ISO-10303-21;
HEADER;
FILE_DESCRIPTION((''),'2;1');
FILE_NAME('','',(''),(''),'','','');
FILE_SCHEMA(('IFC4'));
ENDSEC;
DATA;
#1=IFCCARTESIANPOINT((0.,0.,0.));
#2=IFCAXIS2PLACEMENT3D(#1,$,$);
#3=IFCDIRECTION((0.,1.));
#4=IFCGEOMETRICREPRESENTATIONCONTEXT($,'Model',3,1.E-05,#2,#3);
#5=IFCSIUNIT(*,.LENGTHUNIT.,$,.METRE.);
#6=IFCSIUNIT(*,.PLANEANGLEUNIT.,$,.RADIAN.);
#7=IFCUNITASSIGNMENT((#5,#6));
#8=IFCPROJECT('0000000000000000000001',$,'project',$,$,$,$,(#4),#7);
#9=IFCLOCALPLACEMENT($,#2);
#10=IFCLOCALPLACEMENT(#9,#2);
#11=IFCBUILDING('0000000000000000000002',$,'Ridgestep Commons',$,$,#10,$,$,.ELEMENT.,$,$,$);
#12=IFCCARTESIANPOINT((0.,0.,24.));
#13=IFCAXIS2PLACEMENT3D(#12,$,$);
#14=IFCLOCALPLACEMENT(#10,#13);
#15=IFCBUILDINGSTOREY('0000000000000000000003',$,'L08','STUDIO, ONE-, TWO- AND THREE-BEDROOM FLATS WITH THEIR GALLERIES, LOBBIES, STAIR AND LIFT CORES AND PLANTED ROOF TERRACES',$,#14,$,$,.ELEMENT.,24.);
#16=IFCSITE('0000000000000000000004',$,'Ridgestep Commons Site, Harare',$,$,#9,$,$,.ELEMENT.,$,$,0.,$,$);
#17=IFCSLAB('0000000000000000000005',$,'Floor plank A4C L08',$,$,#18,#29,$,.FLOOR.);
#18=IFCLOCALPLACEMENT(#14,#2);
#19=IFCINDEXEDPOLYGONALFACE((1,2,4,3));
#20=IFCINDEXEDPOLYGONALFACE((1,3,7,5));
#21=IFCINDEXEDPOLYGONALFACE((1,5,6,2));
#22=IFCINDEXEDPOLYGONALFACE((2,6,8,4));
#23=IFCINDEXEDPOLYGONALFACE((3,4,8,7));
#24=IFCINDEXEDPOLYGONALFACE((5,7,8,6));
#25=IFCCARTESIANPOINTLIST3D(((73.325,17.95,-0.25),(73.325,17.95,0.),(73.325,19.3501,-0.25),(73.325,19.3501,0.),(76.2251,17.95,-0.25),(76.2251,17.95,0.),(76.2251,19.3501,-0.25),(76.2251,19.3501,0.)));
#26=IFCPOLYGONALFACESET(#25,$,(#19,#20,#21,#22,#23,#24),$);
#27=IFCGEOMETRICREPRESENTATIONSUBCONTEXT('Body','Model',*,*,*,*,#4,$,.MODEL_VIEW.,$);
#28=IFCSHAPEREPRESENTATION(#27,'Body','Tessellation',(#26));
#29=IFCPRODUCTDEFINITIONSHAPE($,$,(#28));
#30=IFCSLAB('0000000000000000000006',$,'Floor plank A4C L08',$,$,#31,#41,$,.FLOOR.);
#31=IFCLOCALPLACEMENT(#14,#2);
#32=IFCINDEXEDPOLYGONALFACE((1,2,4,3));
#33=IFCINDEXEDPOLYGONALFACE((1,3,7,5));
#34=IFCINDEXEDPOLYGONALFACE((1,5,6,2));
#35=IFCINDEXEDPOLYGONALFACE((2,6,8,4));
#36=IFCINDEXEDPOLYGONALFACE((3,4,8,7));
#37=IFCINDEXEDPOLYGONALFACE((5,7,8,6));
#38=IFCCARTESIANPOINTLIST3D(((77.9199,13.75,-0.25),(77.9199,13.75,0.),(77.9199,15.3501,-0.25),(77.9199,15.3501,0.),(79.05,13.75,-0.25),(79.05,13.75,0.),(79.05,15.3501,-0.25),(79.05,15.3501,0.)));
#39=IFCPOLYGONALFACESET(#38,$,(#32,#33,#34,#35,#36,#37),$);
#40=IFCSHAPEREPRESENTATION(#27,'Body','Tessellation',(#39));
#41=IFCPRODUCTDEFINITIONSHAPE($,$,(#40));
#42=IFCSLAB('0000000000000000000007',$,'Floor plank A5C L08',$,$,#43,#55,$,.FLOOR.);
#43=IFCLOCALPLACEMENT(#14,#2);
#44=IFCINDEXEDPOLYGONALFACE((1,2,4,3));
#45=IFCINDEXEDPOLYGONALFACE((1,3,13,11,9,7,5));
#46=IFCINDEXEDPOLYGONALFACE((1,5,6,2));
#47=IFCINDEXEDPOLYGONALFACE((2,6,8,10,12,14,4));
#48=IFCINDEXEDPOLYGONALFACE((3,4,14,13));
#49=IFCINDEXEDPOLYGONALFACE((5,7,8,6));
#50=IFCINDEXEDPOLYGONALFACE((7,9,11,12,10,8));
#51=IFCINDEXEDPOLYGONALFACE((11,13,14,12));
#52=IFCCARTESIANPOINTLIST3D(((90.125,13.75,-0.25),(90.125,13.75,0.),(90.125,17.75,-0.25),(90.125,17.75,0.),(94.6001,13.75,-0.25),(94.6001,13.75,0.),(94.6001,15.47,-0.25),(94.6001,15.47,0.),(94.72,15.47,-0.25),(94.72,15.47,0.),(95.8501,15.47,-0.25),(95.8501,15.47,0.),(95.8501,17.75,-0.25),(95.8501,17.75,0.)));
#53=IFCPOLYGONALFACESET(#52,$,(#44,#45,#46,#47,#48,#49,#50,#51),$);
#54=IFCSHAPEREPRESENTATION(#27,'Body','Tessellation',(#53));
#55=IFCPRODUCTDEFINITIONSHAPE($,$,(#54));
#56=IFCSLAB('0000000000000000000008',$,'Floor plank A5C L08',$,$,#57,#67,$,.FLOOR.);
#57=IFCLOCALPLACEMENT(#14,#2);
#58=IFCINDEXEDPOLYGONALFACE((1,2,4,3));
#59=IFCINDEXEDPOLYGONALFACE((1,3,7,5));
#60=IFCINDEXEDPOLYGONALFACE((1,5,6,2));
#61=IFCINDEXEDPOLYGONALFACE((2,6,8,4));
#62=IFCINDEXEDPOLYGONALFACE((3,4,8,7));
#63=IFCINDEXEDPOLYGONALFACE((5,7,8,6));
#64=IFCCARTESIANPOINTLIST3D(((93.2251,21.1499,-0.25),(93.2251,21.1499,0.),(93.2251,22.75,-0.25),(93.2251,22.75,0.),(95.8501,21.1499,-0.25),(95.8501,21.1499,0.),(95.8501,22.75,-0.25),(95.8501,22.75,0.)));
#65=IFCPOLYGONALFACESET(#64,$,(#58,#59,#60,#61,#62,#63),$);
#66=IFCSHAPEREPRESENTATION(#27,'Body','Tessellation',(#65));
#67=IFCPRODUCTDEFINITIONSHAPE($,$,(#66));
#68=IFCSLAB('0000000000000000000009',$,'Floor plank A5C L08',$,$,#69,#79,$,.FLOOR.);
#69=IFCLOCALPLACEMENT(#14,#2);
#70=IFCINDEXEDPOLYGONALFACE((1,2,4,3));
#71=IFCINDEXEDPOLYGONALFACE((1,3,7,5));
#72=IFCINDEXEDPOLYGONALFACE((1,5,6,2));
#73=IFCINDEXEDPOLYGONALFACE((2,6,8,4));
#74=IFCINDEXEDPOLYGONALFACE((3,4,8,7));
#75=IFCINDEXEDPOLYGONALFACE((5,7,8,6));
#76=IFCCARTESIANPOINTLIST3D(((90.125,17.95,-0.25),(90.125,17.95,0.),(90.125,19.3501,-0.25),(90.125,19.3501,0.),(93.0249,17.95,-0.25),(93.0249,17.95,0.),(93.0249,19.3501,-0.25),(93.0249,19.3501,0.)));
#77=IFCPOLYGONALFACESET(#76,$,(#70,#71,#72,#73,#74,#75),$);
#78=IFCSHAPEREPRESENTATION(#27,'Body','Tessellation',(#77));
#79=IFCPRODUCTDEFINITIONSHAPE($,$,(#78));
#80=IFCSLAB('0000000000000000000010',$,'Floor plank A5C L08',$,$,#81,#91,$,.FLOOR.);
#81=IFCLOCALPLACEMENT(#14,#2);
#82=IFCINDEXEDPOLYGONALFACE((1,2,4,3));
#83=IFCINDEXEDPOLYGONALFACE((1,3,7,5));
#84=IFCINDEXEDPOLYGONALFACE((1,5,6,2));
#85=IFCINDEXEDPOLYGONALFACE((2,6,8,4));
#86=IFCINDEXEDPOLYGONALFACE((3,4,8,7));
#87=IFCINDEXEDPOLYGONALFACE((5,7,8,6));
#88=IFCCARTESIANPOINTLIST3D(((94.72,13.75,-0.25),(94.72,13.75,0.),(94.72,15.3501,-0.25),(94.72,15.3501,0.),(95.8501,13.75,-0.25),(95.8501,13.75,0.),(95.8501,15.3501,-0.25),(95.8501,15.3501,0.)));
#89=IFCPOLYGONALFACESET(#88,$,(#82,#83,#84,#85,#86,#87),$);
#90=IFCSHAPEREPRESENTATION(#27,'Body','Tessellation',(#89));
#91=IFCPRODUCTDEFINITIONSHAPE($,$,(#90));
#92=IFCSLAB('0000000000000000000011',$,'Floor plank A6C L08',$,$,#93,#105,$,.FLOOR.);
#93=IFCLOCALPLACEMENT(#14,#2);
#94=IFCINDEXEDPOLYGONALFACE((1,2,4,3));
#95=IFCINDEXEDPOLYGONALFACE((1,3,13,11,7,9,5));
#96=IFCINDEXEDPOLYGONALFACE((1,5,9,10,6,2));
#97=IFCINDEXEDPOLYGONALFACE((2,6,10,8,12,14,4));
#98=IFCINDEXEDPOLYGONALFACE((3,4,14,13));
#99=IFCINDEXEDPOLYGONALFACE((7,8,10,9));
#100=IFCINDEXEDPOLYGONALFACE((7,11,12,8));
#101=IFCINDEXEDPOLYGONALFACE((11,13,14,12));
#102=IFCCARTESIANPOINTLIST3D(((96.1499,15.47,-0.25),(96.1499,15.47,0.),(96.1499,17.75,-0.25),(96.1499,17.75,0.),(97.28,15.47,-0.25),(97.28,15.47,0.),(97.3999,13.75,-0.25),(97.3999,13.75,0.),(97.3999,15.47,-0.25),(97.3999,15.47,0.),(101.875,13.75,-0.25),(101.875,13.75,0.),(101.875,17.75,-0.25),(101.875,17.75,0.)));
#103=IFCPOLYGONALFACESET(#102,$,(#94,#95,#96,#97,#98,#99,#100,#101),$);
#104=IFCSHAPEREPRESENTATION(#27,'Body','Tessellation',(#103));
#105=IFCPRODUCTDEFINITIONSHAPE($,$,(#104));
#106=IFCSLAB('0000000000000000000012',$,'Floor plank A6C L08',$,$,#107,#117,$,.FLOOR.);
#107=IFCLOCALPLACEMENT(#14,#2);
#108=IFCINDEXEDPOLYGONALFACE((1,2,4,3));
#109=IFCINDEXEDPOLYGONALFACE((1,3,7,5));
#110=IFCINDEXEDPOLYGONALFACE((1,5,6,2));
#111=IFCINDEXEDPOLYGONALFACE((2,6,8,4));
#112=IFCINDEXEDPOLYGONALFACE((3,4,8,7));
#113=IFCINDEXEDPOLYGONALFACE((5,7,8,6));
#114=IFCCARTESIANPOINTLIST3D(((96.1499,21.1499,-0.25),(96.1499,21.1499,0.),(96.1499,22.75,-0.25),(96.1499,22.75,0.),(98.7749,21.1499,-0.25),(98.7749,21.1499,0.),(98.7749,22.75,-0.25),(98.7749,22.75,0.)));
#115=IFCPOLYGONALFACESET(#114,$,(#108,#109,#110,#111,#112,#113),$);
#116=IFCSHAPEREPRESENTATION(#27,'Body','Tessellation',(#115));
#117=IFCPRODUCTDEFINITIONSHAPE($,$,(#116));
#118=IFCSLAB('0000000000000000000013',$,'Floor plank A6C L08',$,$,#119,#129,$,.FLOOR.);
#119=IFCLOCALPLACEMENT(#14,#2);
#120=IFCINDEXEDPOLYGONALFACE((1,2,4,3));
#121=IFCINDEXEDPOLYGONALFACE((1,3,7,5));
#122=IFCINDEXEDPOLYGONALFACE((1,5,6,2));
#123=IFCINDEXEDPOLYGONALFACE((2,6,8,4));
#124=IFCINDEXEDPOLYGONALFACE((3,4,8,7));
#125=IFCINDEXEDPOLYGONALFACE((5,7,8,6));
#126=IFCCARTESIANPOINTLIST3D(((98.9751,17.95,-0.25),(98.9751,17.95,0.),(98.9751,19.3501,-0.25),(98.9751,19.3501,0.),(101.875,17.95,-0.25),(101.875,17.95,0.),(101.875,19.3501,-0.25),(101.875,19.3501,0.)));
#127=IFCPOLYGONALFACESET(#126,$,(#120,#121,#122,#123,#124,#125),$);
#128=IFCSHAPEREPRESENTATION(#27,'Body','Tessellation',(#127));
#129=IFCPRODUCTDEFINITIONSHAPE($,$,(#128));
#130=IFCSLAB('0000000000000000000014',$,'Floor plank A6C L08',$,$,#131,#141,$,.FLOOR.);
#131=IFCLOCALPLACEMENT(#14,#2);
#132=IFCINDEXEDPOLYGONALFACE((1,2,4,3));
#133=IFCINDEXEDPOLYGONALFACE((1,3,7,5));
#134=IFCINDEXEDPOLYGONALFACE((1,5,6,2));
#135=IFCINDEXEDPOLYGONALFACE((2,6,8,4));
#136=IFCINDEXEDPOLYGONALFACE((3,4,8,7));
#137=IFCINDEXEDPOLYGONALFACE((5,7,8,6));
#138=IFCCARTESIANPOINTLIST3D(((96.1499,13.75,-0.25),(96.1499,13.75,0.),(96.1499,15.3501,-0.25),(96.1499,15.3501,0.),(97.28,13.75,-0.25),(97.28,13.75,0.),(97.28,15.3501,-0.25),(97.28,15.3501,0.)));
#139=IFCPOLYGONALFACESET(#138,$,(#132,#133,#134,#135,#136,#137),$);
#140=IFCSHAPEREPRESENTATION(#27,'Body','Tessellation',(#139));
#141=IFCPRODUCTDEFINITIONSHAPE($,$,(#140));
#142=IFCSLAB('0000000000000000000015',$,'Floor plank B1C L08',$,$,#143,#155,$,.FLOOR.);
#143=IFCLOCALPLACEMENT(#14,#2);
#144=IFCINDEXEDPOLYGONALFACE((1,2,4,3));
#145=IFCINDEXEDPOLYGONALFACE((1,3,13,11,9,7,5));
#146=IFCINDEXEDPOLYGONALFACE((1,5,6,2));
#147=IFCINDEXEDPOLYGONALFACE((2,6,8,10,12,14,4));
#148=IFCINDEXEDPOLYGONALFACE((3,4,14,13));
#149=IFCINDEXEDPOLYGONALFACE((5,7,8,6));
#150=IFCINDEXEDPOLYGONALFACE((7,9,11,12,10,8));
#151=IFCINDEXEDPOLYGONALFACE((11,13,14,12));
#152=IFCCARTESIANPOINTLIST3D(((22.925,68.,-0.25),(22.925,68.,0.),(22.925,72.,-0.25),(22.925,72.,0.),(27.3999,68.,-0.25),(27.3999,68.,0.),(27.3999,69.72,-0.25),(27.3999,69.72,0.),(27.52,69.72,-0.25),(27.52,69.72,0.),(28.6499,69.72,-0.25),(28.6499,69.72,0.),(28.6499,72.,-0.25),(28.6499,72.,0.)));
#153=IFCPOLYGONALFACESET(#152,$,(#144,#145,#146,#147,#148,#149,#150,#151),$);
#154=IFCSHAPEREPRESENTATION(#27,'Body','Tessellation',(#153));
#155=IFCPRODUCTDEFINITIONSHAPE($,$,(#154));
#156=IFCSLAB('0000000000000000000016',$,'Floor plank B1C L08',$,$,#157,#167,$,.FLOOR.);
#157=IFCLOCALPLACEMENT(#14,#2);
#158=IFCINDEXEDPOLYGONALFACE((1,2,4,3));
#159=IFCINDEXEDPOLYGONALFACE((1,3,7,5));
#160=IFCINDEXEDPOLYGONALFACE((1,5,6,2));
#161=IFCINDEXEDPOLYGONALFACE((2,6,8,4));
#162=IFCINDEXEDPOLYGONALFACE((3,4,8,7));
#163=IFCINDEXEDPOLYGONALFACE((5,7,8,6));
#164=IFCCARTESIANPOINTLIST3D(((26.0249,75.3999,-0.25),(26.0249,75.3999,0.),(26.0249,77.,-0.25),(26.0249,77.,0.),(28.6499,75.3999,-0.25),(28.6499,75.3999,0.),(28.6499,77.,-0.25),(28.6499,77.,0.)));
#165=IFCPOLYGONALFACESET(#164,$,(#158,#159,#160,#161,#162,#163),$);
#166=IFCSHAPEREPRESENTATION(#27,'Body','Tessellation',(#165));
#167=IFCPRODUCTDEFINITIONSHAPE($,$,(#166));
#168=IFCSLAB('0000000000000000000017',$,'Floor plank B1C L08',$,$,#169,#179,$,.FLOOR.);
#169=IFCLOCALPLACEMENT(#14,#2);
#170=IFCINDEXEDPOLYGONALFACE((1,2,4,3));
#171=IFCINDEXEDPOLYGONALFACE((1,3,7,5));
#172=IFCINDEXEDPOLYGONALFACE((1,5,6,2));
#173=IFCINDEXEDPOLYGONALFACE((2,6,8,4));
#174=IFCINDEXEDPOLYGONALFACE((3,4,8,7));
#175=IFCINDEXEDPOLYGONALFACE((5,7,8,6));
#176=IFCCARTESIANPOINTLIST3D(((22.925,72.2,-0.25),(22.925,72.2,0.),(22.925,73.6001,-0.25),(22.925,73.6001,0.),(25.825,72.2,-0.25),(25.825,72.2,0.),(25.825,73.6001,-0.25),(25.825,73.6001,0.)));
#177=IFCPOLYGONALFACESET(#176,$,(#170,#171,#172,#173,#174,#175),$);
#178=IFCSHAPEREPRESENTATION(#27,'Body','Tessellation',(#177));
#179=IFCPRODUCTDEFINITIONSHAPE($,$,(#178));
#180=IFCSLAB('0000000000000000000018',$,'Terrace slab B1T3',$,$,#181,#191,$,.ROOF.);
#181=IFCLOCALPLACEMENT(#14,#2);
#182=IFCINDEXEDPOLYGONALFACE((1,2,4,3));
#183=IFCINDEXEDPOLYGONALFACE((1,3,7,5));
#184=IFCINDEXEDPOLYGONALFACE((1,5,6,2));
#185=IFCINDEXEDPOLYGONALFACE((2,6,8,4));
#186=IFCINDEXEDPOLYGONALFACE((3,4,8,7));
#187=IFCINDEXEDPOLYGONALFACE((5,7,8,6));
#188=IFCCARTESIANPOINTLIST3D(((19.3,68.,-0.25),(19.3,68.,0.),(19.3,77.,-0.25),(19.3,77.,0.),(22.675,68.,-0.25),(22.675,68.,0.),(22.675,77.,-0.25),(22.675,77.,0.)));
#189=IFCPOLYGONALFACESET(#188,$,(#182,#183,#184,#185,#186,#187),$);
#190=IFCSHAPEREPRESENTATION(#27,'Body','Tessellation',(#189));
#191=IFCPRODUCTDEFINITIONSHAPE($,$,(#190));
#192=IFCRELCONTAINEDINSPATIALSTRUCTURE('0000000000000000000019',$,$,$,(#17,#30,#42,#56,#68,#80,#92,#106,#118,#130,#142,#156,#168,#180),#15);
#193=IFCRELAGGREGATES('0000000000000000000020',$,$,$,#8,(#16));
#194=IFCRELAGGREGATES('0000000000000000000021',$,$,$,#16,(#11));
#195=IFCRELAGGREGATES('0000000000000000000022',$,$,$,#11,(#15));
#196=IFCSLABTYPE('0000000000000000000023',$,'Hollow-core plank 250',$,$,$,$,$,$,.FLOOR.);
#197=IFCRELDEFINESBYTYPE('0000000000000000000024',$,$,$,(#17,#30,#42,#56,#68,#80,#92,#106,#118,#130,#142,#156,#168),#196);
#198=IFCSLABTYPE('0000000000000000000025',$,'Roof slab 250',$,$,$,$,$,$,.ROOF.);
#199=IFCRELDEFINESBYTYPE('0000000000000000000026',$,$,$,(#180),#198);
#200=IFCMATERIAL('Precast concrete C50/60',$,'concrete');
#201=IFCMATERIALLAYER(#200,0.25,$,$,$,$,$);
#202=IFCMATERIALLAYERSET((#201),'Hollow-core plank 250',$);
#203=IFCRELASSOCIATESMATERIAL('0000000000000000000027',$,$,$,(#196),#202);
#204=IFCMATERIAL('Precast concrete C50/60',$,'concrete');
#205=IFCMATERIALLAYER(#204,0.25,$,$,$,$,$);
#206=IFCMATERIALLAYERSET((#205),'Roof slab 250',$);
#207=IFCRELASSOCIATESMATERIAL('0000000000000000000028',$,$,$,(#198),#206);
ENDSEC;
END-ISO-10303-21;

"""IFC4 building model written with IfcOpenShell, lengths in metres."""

from ifc_helpers import new_model, si_unit, direction, frame, origin, place, context, subcontext, project, spatial, polyline, outline, extrude, material, layer, layer_set, type_object, element, save


model = new_model("IFC4")

# Units and contexts
model_context = context("Model", 3, precision=1e-05, world=origin(), true_north=direction((0.0, 1.0)))
body_context = subcontext(model_context, "Body", "Model", "MODEL_VIEW")
ifc_project = project(units=[si_unit("LENGTHUNIT", "METRE"), si_unit("PLANEANGLEUNIT", "RADIAN")], contexts=[model_context])

# Site, building, storey
site_placement = place(None, origin())
site = spatial("IfcSite", under=ifc_project, at=site_placement, Name="Ridgestep Commons Site, Harare", CompositionType="ELEMENT", RefElevation=0.0)
building_placement = place(site_placement, origin())
building = spatial("IfcBuilding", under=site, at=building_placement, Name="Ridgestep Commons", CompositionType="ELEMENT")
storey_placement = place(building_placement, frame((0.0, 0.0, 24.0)))
storey = spatial("IfcBuildingStorey", under=building, at=storey_placement, Name="L08", Description="STUDIO, ONE-, TWO- AND THREE-BEDROOM FLATS WITH THEIR GALLERIES, LOBBIES, STAIR AND LIFT CORES AND PLANTED ROOF TERRACES", CompositionType="ELEMENT", Elevation=24.0)

# Slabs
ifc_material_1 = material(Name="Precast concrete C50/60", Category="concrete")
ifc_layer_1 = layer(ifc_material_1, 0.25)
ifc_layer_set_1 = layer_set([ifc_layer_1], Name="Hollow-core plank 250")
slab_type_1 = type_object("IfcSlabType", Name="Hollow-core plank 250", PredefinedType="FLOOR", material=ifc_layer_set_1)
slab_1_placement = place(storey_placement, frame((0.0, 0.0, -0.25)))
element("IfcSlab", 1, at=slab_1_placement, inside=storey, type_object=slab_type_1, Name="Floor plank A4C L08", PredefinedType="FLOOR", context=body_context, shape_type="SweptSolid", body=[
    extrude(outline(polyline([(76.2251, 17.95), (76.2251, 19.3501), (73.325, 19.3501), (73.325, 17.95), (76.2251, 17.95)])), origin(), (0.0, 0.0, 1.0), 0.25),
])
slab_2_placement = place(storey_placement, frame((0.0, 0.0, -0.25)))
element("IfcSlab", 2, at=slab_2_placement, inside=storey, type_object=slab_type_1, Name="Floor plank A4C L08", PredefinedType="FLOOR", context=body_context, shape_type="SweptSolid", body=[
    extrude(outline(polyline([(77.9199, 13.75), (79.05, 13.75), (79.05, 15.3501), (77.9199, 15.3501), (77.9199, 13.75)])), origin(), (0.0, 0.0, 1.0), 0.25),
])
slab_3_placement = place(storey_placement, frame((0.0, 0.0, -0.25)))
element("IfcSlab", 3, at=slab_3_placement, inside=storey, type_object=slab_type_1, Name="Floor plank A5C L08", PredefinedType="FLOOR", context=body_context, shape_type="SweptSolid", body=[
    extrude(outline(polyline([(94.72, 15.47), (95.8501, 15.47), (95.8501, 17.75), (90.125, 17.75), (90.125, 13.75), (94.6001, 13.75), (94.6001, 15.47), (94.72, 15.47)])), origin(), (0.0, 0.0, 1.0), 0.25),
])
slab_4_placement = place(storey_placement, frame((0.0, 0.0, -0.25)))
element("IfcSlab", 4, at=slab_4_placement, inside=storey, type_object=slab_type_1, Name="Floor plank A5C L08", PredefinedType="FLOOR", context=body_context, shape_type="SweptSolid", body=[
    extrude(outline(polyline([(95.8501, 21.1499), (95.8501, 22.75), (93.2251, 22.75), (93.2251, 21.1499), (95.8501, 21.1499)])), origin(), (0.0, 0.0, 1.0), 0.25),
])
slab_5_placement = place(storey_placement, frame((0.0, 0.0, -0.25)))
element("IfcSlab", 5, at=slab_5_placement, inside=storey, type_object=slab_type_1, Name="Floor plank A5C L08", PredefinedType="FLOOR", context=body_context, shape_type="SweptSolid", body=[
    extrude(outline(polyline([(93.0249, 17.95), (93.0249, 19.3501), (90.125, 19.3501), (90.125, 17.95), (93.0249, 17.95)])), origin(), (0.0, 0.0, 1.0), 0.25),
])
slab_6_placement = place(storey_placement, frame((0.0, 0.0, -0.25)))
element("IfcSlab", 6, at=slab_6_placement, inside=storey, type_object=slab_type_1, Name="Floor plank A5C L08", PredefinedType="FLOOR", context=body_context, shape_type="SweptSolid", body=[
    extrude(outline(polyline([(94.72, 13.75), (95.8501, 13.75), (95.8501, 15.3501), (94.72, 15.3501), (94.72, 13.75)])), origin(), (0.0, 0.0, 1.0), 0.25),
])
slab_7_placement = place(storey_placement, frame((0.0, 0.0, -0.25)))
element("IfcSlab", 7, at=slab_7_placement, inside=storey, type_object=slab_type_1, Name="Floor plank A6C L08", PredefinedType="FLOOR", context=body_context, shape_type="SweptSolid", body=[
    extrude(outline(polyline([(97.3999, 13.75), (101.875, 13.75), (101.875, 17.75), (96.1499, 17.75), (96.1499, 15.47), (97.28, 15.47), (97.3999, 15.47), (97.3999, 13.75)])), origin(), (0.0, 0.0, 1.0), 0.25),
])
slab_8_placement = place(storey_placement, frame((0.0, 0.0, -0.25)))
element("IfcSlab", 8, at=slab_8_placement, inside=storey, type_object=slab_type_1, Name="Floor plank A6C L08", PredefinedType="FLOOR", context=body_context, shape_type="SweptSolid", body=[
    extrude(outline(polyline([(98.7749, 22.75), (96.1499, 22.75), (96.1499, 21.1499), (98.7749, 21.1499), (98.7749, 22.75)])), origin(), (0.0, 0.0, 1.0), 0.25),
])
slab_9_placement = place(storey_placement, frame((0.0, 0.0, -0.25)))
element("IfcSlab", 9, at=slab_9_placement, inside=storey, type_object=slab_type_1, Name="Floor plank A6C L08", PredefinedType="FLOOR", context=body_context, shape_type="SweptSolid", body=[
    extrude(outline(polyline([(101.875, 17.95), (101.875, 19.3501), (98.9751, 19.3501), (98.9751, 17.95), (101.875, 17.95)])), origin(), (0.0, 0.0, 1.0), 0.25),
])
slab_10_placement = place(storey_placement, frame((0.0, 0.0, -0.25)))
element("IfcSlab", 10, at=slab_10_placement, inside=storey, type_object=slab_type_1, Name="Floor plank A6C L08", PredefinedType="FLOOR", context=body_context, shape_type="SweptSolid", body=[
    extrude(outline(polyline([(97.28, 15.3501), (96.1499, 15.3501), (96.1499, 13.75), (97.28, 13.75), (97.28, 15.3501)])), origin(), (0.0, 0.0, 1.0), 0.25),
])
slab_11_placement = place(storey_placement, frame((0.0, 0.0, -0.25)))
element("IfcSlab", 11, at=slab_11_placement, inside=storey, type_object=slab_type_1, Name="Floor plank B1C L08", PredefinedType="FLOOR", context=body_context, shape_type="SweptSolid", body=[
    extrude(outline(polyline([(27.52, 69.72), (28.6499, 69.72), (28.6499, 72.0), (22.925, 72.0), (22.925, 68.0), (27.3999, 68.0), (27.3999, 69.72), (27.52, 69.72)])), origin(), (0.0, 0.0, 1.0), 0.25),
])
slab_12_placement = place(storey_placement, frame((0.0, 0.0, -0.25)))
element("IfcSlab", 12, at=slab_12_placement, inside=storey, type_object=slab_type_1, Name="Floor plank B1C L08", PredefinedType="FLOOR", context=body_context, shape_type="SweptSolid", body=[
    extrude(outline(polyline([(28.6499, 75.3999), (28.6499, 77.0), (26.0249, 77.0), (26.0249, 75.3999), (28.6499, 75.3999)])), origin(), (0.0, 0.0, 1.0), 0.25),
])
slab_13_placement = place(storey_placement, frame((0.0, 0.0, -0.25)))
element("IfcSlab", 13, at=slab_13_placement, inside=storey, type_object=slab_type_1, Name="Floor plank B1C L08", PredefinedType="FLOOR", context=body_context, shape_type="SweptSolid", body=[
    extrude(outline(polyline([(25.825, 72.2), (25.825, 73.6001), (22.925, 73.6001), (22.925, 72.2), (25.825, 72.2)])), origin(), (0.0, 0.0, 1.0), 0.25),
])
ifc_material_2 = material(Name="Precast concrete C50/60", Category="concrete")
ifc_layer_2 = layer(ifc_material_2, 0.25)
ifc_layer_set_2 = layer_set([ifc_layer_2], Name="Roof slab 250")
slab_type_2 = type_object("IfcSlabType", Name="Roof slab 250", PredefinedType="ROOF", material=ifc_layer_set_2)
slab_14_placement = place(storey_placement, frame((0.0, 0.0, -0.25)))
element("IfcSlab", 14, at=slab_14_placement, inside=storey, type_object=slab_type_2, Name="Terrace slab B1T3", PredefinedType="ROOF", context=body_context, shape_type="SweptSolid", body=[
    extrude(outline(polyline([(22.675, 68.0), (22.675, 77.0), (19.3, 77.0), (19.3, 68.0), (22.675, 68.0)])), origin(), (0.0, 0.0, 1.0), 0.25),
])

save(model, "model.ifc")
